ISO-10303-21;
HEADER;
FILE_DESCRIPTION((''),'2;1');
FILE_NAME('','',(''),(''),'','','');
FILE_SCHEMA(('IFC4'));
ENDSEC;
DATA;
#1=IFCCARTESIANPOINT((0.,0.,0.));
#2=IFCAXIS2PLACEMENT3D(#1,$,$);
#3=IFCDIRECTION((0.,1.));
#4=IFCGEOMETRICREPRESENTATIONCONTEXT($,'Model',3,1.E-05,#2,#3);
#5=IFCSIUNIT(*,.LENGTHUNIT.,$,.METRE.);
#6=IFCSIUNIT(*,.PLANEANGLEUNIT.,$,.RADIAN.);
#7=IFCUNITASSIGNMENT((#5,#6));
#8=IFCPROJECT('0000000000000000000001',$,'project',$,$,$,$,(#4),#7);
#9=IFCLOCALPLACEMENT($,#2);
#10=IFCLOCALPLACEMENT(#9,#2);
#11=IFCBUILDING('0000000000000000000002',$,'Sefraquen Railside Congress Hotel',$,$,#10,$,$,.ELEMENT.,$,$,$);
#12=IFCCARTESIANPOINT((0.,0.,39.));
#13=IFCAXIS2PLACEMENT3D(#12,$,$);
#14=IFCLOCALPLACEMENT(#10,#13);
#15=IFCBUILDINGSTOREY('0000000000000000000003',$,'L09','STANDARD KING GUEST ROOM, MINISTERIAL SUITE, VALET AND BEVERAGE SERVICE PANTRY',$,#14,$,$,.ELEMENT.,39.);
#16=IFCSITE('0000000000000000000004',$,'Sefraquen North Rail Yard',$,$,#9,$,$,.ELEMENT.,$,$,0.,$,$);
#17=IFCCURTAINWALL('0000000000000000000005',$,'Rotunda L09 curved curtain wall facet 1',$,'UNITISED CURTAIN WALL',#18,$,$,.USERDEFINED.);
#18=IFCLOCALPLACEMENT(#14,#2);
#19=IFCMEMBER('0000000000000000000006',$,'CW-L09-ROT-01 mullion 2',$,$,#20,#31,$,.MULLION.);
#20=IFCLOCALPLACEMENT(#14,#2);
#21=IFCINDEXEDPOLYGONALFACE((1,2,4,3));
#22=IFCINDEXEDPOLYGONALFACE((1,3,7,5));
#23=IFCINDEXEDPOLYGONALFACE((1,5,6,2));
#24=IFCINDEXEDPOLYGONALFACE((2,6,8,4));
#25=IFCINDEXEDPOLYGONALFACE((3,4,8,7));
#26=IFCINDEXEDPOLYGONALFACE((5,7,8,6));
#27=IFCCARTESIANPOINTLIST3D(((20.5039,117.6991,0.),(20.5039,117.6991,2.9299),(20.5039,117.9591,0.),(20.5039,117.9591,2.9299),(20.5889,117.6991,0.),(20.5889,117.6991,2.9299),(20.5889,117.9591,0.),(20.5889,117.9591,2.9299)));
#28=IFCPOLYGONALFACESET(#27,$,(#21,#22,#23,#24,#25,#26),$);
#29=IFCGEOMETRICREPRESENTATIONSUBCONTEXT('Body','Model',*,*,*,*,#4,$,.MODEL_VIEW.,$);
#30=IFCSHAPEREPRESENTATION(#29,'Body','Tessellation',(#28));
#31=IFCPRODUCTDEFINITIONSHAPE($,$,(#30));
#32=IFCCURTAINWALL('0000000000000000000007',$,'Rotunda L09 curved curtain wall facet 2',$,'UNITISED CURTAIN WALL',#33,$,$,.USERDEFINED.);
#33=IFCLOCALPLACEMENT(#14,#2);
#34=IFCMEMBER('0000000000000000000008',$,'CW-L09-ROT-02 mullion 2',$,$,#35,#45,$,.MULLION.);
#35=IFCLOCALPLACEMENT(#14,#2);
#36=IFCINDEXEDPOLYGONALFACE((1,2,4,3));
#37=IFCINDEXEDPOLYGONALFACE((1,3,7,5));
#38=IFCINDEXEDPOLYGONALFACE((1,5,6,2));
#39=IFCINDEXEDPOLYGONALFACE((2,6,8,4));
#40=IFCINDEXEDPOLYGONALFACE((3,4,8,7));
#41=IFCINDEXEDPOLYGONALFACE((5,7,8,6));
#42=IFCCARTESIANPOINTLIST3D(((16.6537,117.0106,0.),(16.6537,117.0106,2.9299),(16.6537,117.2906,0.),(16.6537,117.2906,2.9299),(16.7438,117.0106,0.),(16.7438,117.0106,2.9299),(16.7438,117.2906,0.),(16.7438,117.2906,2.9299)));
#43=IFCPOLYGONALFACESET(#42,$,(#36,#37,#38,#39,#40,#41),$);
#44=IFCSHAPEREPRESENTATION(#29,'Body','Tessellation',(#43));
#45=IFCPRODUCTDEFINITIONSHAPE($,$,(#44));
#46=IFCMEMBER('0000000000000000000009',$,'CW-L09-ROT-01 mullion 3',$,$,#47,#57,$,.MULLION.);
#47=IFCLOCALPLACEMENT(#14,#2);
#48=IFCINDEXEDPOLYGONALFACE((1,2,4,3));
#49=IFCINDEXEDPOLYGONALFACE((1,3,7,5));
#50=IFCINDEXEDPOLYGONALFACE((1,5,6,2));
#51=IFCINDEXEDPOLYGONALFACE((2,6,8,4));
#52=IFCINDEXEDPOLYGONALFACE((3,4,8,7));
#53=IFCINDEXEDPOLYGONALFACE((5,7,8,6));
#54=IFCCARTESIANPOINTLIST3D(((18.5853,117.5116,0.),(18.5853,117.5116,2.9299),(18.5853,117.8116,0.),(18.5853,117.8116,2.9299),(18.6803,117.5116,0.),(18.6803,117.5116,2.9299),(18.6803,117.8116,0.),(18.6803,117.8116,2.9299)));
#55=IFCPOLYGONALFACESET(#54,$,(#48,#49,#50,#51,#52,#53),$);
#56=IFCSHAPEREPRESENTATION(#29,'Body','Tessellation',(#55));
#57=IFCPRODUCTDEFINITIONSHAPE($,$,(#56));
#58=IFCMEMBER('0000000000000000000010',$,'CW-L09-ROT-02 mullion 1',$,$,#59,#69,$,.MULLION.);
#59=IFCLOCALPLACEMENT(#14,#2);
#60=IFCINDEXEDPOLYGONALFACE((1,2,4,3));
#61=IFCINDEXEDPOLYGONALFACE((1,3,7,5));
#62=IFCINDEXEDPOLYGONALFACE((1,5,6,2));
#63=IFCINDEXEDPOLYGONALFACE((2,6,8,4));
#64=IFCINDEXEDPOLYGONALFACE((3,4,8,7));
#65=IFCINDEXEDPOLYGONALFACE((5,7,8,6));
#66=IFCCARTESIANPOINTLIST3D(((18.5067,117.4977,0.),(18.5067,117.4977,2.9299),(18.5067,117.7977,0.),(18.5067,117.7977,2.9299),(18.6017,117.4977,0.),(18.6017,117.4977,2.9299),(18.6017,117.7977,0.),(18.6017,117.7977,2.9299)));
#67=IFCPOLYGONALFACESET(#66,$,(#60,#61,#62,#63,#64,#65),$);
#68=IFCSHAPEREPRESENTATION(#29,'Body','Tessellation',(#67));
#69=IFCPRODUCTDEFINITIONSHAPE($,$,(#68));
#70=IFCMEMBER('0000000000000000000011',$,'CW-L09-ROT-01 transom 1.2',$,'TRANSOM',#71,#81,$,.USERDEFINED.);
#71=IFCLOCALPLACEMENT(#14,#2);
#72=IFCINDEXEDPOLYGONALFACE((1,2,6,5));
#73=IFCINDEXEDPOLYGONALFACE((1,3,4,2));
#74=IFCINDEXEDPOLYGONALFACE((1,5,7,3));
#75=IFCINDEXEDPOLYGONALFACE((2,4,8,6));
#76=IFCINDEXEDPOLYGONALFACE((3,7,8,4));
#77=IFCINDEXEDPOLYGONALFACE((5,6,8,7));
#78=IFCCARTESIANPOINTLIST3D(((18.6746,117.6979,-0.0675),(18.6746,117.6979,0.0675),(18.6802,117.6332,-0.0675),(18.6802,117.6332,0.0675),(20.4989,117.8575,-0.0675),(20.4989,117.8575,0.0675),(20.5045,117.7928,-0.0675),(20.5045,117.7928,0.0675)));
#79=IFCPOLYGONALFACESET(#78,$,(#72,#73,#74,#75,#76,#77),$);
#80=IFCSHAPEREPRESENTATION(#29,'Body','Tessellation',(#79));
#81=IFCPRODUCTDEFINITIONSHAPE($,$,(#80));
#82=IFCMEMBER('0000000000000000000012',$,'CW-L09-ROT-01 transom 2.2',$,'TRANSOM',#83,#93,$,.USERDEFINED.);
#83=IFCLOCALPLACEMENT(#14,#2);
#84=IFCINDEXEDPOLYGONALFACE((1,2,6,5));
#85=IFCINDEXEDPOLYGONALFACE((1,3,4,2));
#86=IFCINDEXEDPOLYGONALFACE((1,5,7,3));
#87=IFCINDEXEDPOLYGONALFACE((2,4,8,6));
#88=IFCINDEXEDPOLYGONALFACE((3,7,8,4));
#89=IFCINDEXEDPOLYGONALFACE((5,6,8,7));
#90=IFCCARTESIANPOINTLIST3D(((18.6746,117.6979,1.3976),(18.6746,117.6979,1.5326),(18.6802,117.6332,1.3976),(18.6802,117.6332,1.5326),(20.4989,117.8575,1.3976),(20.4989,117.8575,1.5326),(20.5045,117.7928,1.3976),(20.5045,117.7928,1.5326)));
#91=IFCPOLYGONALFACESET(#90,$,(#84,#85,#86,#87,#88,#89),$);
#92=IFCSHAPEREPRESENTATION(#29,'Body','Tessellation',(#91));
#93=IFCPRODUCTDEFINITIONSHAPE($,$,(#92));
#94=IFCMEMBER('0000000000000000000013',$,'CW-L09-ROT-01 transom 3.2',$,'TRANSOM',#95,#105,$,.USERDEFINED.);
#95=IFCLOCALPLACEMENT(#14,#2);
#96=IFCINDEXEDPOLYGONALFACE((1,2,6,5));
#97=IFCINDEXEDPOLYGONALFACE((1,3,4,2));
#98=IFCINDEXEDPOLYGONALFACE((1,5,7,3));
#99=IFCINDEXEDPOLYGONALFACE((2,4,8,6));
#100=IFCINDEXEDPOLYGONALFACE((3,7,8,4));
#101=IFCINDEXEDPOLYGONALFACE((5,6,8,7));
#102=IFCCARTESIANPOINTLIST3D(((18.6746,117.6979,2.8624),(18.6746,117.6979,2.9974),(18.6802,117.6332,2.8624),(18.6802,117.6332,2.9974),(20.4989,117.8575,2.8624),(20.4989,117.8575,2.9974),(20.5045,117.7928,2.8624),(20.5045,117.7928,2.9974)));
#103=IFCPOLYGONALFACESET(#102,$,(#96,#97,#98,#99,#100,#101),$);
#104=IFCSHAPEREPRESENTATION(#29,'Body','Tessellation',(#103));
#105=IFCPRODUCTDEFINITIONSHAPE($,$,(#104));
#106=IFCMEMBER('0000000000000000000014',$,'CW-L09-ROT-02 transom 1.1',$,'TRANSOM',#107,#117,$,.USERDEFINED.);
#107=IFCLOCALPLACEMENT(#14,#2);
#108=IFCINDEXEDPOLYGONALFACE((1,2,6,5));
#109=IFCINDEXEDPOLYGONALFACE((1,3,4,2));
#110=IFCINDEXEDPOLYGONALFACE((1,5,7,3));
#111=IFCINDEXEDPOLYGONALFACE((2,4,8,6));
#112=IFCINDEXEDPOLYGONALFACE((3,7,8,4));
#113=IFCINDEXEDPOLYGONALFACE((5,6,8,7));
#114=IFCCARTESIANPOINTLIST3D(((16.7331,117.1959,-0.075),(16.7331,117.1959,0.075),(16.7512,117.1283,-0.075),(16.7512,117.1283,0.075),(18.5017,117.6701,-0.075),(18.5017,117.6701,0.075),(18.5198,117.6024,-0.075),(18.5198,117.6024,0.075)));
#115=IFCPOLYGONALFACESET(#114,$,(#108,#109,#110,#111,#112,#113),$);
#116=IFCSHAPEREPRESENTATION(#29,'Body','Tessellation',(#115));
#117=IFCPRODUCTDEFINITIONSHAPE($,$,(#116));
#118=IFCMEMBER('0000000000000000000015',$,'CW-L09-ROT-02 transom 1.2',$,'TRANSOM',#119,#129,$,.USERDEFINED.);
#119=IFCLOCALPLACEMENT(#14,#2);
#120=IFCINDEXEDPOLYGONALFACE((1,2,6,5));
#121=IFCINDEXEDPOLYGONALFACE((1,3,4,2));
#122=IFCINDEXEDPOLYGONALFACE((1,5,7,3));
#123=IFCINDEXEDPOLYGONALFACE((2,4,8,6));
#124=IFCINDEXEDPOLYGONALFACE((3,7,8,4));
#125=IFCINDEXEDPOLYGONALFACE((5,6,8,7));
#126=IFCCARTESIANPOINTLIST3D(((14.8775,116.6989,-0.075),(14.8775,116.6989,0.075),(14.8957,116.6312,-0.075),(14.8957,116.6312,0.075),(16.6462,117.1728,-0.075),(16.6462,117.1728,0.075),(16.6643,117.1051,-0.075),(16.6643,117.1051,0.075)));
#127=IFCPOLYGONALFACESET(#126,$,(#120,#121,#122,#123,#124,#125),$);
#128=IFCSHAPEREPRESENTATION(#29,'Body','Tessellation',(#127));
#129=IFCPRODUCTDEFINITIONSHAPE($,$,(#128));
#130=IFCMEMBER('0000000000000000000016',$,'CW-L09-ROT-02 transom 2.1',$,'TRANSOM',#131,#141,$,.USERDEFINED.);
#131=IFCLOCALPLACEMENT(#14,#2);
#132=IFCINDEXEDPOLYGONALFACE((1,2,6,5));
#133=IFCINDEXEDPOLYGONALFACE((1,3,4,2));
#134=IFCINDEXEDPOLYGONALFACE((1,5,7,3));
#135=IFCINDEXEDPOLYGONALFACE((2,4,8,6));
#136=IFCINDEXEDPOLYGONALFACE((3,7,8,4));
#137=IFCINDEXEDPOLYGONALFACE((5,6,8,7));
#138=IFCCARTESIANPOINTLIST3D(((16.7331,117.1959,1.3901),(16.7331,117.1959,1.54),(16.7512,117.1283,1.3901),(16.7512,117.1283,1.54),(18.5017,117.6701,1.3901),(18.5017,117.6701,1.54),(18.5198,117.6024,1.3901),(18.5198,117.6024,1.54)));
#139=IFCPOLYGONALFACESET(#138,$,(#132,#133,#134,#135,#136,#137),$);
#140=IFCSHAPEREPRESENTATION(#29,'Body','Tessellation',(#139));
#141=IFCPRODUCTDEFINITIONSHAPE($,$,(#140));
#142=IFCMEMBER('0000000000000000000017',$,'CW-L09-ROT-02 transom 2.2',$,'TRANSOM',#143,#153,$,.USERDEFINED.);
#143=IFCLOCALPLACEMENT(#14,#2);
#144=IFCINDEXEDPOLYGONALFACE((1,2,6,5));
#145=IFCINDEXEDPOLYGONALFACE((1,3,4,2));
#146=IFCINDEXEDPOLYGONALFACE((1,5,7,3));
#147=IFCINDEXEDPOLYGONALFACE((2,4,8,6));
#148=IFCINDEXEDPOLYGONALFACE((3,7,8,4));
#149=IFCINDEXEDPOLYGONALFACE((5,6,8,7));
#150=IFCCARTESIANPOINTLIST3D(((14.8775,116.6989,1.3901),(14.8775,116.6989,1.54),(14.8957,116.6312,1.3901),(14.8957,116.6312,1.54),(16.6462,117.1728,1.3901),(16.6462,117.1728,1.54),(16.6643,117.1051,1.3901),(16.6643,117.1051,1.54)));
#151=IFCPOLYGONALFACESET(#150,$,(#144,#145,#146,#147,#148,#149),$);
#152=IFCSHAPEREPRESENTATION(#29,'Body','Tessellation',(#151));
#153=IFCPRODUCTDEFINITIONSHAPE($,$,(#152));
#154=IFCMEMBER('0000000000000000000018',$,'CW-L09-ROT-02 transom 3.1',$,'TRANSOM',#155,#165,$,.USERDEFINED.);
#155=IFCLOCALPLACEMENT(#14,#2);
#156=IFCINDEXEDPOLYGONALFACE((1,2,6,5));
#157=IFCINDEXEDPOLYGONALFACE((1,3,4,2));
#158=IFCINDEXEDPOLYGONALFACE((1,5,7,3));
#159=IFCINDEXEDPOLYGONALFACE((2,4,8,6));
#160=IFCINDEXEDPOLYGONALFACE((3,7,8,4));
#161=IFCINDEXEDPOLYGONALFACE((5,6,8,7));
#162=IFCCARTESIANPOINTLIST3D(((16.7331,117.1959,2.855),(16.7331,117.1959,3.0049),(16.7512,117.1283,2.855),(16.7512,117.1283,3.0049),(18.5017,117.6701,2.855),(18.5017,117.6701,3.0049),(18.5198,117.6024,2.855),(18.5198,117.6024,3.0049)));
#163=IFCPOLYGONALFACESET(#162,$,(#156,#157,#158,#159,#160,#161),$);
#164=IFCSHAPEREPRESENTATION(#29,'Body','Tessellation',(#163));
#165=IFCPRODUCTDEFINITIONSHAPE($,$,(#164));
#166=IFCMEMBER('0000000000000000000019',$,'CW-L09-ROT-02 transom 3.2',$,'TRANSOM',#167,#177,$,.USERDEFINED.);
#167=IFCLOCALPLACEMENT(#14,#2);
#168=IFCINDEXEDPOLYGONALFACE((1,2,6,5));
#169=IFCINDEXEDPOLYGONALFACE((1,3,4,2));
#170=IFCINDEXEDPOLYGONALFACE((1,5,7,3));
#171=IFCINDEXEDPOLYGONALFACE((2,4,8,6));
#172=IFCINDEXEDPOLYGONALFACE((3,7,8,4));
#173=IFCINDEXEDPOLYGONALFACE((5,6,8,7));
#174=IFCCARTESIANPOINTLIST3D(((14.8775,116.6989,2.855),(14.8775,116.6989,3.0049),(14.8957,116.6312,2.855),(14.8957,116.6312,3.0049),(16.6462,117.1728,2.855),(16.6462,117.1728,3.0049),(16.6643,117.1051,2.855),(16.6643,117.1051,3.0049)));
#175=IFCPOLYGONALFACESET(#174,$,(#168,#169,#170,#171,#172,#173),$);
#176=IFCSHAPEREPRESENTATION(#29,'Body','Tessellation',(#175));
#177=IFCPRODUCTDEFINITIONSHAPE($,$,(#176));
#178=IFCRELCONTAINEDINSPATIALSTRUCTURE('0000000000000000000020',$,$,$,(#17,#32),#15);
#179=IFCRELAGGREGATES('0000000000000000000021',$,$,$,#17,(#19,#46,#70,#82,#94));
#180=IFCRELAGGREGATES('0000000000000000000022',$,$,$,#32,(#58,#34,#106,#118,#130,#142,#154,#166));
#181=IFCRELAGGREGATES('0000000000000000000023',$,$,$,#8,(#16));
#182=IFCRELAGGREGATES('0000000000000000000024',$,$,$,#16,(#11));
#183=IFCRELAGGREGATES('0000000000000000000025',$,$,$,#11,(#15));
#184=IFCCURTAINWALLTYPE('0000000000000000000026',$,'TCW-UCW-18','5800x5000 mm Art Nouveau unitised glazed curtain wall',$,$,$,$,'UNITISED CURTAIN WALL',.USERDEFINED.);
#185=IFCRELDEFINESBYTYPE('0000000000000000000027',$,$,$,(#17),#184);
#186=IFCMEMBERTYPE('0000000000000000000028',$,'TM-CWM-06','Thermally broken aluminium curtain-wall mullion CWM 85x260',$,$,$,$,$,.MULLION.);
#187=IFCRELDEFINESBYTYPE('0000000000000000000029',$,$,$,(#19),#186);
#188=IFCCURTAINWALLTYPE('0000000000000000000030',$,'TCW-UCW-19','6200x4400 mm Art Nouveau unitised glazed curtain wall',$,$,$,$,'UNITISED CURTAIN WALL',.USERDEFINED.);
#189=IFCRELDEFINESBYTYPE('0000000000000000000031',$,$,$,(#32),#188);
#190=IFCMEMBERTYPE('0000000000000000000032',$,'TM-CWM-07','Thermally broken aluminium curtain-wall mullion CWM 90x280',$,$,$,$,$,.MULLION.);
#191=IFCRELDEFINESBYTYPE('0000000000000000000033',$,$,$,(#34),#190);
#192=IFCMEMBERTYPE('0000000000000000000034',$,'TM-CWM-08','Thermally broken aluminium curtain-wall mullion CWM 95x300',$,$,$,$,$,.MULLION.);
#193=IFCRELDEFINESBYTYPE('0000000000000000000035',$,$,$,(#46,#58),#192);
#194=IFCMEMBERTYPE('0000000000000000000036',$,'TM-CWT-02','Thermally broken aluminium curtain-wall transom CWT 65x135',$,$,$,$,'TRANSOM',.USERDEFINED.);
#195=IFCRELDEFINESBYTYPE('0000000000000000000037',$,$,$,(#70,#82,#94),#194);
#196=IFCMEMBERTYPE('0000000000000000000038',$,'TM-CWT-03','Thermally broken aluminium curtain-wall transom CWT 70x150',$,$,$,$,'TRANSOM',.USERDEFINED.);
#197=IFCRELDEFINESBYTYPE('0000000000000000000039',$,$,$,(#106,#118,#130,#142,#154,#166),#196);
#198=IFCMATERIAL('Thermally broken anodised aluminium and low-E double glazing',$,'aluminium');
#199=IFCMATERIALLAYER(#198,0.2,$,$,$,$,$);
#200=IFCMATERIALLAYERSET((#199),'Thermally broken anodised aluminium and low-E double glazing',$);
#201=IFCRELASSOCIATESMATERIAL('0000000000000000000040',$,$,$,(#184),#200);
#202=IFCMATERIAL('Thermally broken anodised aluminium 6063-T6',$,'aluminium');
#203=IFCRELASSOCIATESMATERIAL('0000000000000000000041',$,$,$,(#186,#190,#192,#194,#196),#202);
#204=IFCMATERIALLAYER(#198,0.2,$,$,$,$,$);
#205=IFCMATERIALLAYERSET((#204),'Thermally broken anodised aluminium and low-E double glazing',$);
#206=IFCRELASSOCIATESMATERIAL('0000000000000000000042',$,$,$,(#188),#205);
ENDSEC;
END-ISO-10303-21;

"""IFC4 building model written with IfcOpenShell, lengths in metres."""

from ifc_helpers import new_model, si_unit, direction, frame, origin, origin_2d, place, context, subcontext, project, spatial, rectangle, extrude, material, layer, layer_set, material_profile, profile_set, type_object, element, aggregate, save


model = new_model("IFC4")

# Units and contexts
model_context = context("Model", 3, precision=1e-05, world=origin(), true_north=direction((0.0, 1.0)))
body_context = subcontext(model_context, "Body", "Model", "MODEL_VIEW")
ifc_project = project(units=[si_unit("LENGTHUNIT", "METRE"), si_unit("PLANEANGLEUNIT", "RADIAN")], contexts=[model_context])

# Site, building, storey
site_placement = place(None, origin())
site = spatial("IfcSite", under=ifc_project, at=site_placement, Name="Sefraquen North Rail Yard", CompositionType="ELEMENT", RefElevation=0.0)
building_placement = place(site_placement, origin())
building = spatial("IfcBuilding", under=site, at=building_placement, Name="Sefraquen Railside Congress Hotel", CompositionType="ELEMENT")
storey_placement = place(building_placement, frame((0.0, 0.0, 39.0)))
storey = spatial("IfcBuildingStorey", under=building, at=storey_placement, Name="L09", Description="STANDARD KING GUEST ROOM, MINISTERIAL SUITE, VALET AND BEVERAGE SERVICE PANTRY", CompositionType="ELEMENT", Elevation=39.0)

# Curtain walls, members
ifc_material_1 = material(Name="Thermally broken anodised aluminium and low-E double glazing", Category="aluminium")
ifc_layer_1 = layer(ifc_material_1, 0.2)
ifc_layer_set_1 = layer_set([ifc_layer_1], Name="Thermally broken anodised aluminium and low-E double glazing")
curtain_wall_type_1 = type_object("IfcCurtainWallType", Name="TCW-UCW-18", Description="5800x5000 mm Art Nouveau unitised glazed curtain wall", ElementType="UNITISED CURTAIN WALL", PredefinedType="USERDEFINED", material=ifc_layer_set_1)
curtain_wall_1_placement = place(storey_placement, origin())
curtain_wall_1 = element("IfcCurtainWall", 1, at=curtain_wall_1_placement, inside=storey, type_object=curtain_wall_type_1, Name="Rotunda L09 curved curtain wall facet 1", ObjectType="UNITISED CURTAIN WALL", PredefinedType="USERDEFINED")
ifc_material_2 = material(Name="Thermally broken anodised aluminium 6063-T6", Category="aluminium")
ifc_material_profile_1 = material_profile(ifc_material_2, rectangle(XDim=0.085, YDim=0.26, at=origin_2d()), Name="CWM 85x260")
ifc_profile_set_1 = profile_set([ifc_material_profile_1], Name="Thermally broken anodised aluminium 6063-T6")
member_type_1 = type_object("IfcMemberType", Name="TM-CWM-06", Description="Thermally broken aluminium curtain-wall mullion CWM 85x260", PredefinedType="MULLION", material=ifc_profile_set_1)
member_1_placement = place(storey_placement, frame((20.5464, 117.8291, 0.0), z_axis=(0.0, 0.0, 1.0), x_axis=(1.0, 0.0, 0.0)))
member_1 = element("IfcMember", 2, at=member_1_placement, type_object=member_type_1, Name="CW-L09-ROT-01 mullion 2", PredefinedType="MULLION", context=body_context, shape_type="SweptSolid", body=[
    extrude(rectangle(XDim=0.085, YDim=0.26, at=origin_2d()), origin(), (0.0, 0.0, 1.0), 2.9299),
])
ifc_layer_2 = layer(ifc_material_1, 0.2)
ifc_layer_set_2 = layer_set([ifc_layer_2], Name="Thermally broken anodised aluminium and low-E double glazing")
curtain_wall_type_2 = type_object("IfcCurtainWallType", Name="TCW-UCW-19", Description="6200x4400 mm Art Nouveau unitised glazed curtain wall", ElementType="UNITISED CURTAIN WALL", PredefinedType="USERDEFINED", material=ifc_layer_set_2)
curtain_wall_2_placement = place(storey_placement, origin())
curtain_wall_2 = element("IfcCurtainWall", 3, at=curtain_wall_2_placement, inside=storey, type_object=curtain_wall_type_2, Name="Rotunda L09 curved curtain wall facet 2", ObjectType="UNITISED CURTAIN WALL", PredefinedType="USERDEFINED")
ifc_material_profile_2 = material_profile(ifc_material_2, rectangle(XDim=0.0901, YDim=0.28, at=origin_2d()), Name="CWM 90x280")
ifc_profile_set_2 = profile_set([ifc_material_profile_2], Name="Thermally broken anodised aluminium 6063-T6")
member_type_2 = type_object("IfcMemberType", Name="TM-CWM-07", Description="Thermally broken aluminium curtain-wall mullion CWM 90x280", PredefinedType="MULLION", material=ifc_profile_set_2)
member_2_placement = place(storey_placement, frame((16.6987, 117.1506, 0.0), z_axis=(0.0, 0.0, 1.0), x_axis=(1.0, 0.0, 0.0)))
member_2 = element("IfcMember", 4, at=member_2_placement, type_object=member_type_2, Name="CW-L09-ROT-02 mullion 2", PredefinedType="MULLION", context=body_context, shape_type="SweptSolid", body=[
    extrude(rectangle(XDim=0.0901, YDim=0.28, at=origin_2d()), origin(), (0.0, 0.0, 1.0), 2.9299),
])

# Members
ifc_material_profile_3 = material_profile(ifc_material_2, rectangle(XDim=0.095, YDim=0.3, at=origin_2d()), Name="CWM 95x300")
ifc_profile_set_3 = profile_set([ifc_material_profile_3], Name="Thermally broken anodised aluminium 6063-T6")
member_type_3 = type_object("IfcMemberType", Name="TM-CWM-08", Description="Thermally broken aluminium curtain-wall mullion CWM 95x300", PredefinedType="MULLION", material=ifc_profile_set_3)
member_3_placement = place(storey_placement, frame((18.6328, 117.6616, 0.0), z_axis=(0.0, 0.0, 1.0), x_axis=(1.0, 0.0, 0.0)))
member_3 = element("IfcMember", 5, at=member_3_placement, type_object=member_type_3, Name="CW-L09-ROT-01 mullion 3", PredefinedType="MULLION", context=body_context, shape_type="SweptSolid", body=[
    extrude(rectangle(XDim=0.095, YDim=0.3, at=origin_2d()), origin(), (0.0, 0.0, 1.0), 2.9299),
])
member_4_placement = place(storey_placement, frame((18.5542, 117.6477, 0.0), z_axis=(0.0, 0.0, 1.0), x_axis=(1.0, 0.0, 0.0)))
member_4 = element("IfcMember", 6, at=member_4_placement, type_object=member_type_3, Name="CW-L09-ROT-02 mullion 1", PredefinedType="MULLION", context=body_context, shape_type="SweptSolid", body=[
    extrude(rectangle(XDim=0.095, YDim=0.3, at=origin_2d()), origin(), (0.0, 0.0, 1.0), 2.9299),
])
ifc_material_profile_4 = material_profile(ifc_material_2, rectangle(XDim=0.0649, YDim=0.135, at=origin_2d()), Name="CWT 65x135")
ifc_profile_set_4 = profile_set([ifc_material_profile_4], Name="Thermally broken anodised aluminium 6063-T6")
member_type_4 = type_object("IfcMemberType", Name="TM-CWT-02", Description="Thermally broken aluminium curtain-wall transom CWT 65x135", ElementType="TRANSOM", PredefinedType="USERDEFINED", material=ifc_profile_set_4)
member_5_placement = place(storey_placement, frame((20.5017, 117.8252, 0.0), z_axis=(-0.996191, -0.087193, 0.0), x_axis=(0.087193, -0.996191, 0.0)))
member_5 = element("IfcMember", 7, at=member_5_placement, type_object=member_type_4, Name="CW-L09-ROT-01 transom 1.2", ObjectType="TRANSOM", PredefinedType="USERDEFINED", context=body_context, shape_type="SweptSolid", body=[
    extrude(rectangle(XDim=0.0649, YDim=0.135, at=origin_2d()), origin(), (0.0, 0.0, 1.0), 1.8313),
])
member_6_placement = place(storey_placement, frame((20.5017, 117.8252, 1.4651), z_axis=(-0.996191, -0.087193, 0.0), x_axis=(0.087193, -0.996191, 0.0)))
member_6 = element("IfcMember", 8, at=member_6_placement, type_object=member_type_4, Name="CW-L09-ROT-01 transom 2.2", ObjectType="TRANSOM", PredefinedType="USERDEFINED", context=body_context, shape_type="SweptSolid", body=[
    extrude(rectangle(XDim=0.0649, YDim=0.135, at=origin_2d()), origin(), (0.0, 0.0, 1.0), 1.8313),
])
member_7_placement = place(storey_placement, frame((20.5017, 117.8252, 2.9299), z_axis=(-0.996191, -0.087193, 0.0), x_axis=(0.087193, -0.996191, 0.0)))
member_7 = element("IfcMember", 9, at=member_7_placement, type_object=member_type_4, Name="CW-L09-ROT-01 transom 3.2", ObjectType="TRANSOM", PredefinedType="USERDEFINED", context=body_context, shape_type="SweptSolid", body=[
    extrude(rectangle(XDim=0.0649, YDim=0.135, at=origin_2d()), origin(), (0.0, 0.0, 1.0), 1.8313),
])
ifc_material_profile_5 = material_profile(ifc_material_2, rectangle(XDim=0.0701, YDim=0.1499, at=origin_2d()), Name="CWT 70x150")
ifc_profile_set_5 = profile_set([ifc_material_profile_5], Name="Thermally broken anodised aluminium 6063-T6")
member_type_5 = type_object("IfcMemberType", Name="TM-CWT-03", Description="Thermally broken aluminium curtain-wall transom CWT 70x150", ElementType="TRANSOM", PredefinedType="USERDEFINED", material=ifc_profile_set_5)
member_8_placement = place(storey_placement, frame((18.5107, 117.6362, 0.0), z_axis=(-0.965893, -0.25894, 0.0), x_axis=(0.25894, -0.965893, 0.0)))
member_8 = element("IfcMember", 10, at=member_8_placement, type_object=member_type_5, Name="CW-L09-ROT-02 transom 1.1", ObjectType="TRANSOM", PredefinedType="USERDEFINED", context=body_context, shape_type="SweptSolid", body=[
    extrude(rectangle(XDim=0.0701, YDim=0.1499, at=origin_2d()), origin(), (0.0, 0.0, 1.0), 1.8311),
])
member_9_placement = place(storey_placement, frame((16.6553, 117.1389, 0.0), z_axis=(-0.965927, -0.258816, 0.0), x_axis=(0.258816, -0.965927, 0.0)))
member_9 = element("IfcMember", 11, at=member_9_placement, type_object=member_type_5, Name="CW-L09-ROT-02 transom 1.2", ObjectType="TRANSOM", PredefinedType="USERDEFINED", context=body_context, shape_type="SweptSolid", body=[
    extrude(rectangle(XDim=0.0701, YDim=0.1499, at=origin_2d()), origin(), (0.0, 0.0, 1.0), 1.8311),
])
member_10_placement = place(storey_placement, frame((18.5107, 117.6362, 1.4651), z_axis=(-0.965893, -0.25894, 0.0), x_axis=(0.25894, -0.965893, 0.0)))
member_10 = element("IfcMember", 12, at=member_10_placement, type_object=member_type_5, Name="CW-L09-ROT-02 transom 2.1", ObjectType="TRANSOM", PredefinedType="USERDEFINED", context=body_context, shape_type="SweptSolid", body=[
    extrude(rectangle(XDim=0.0701, YDim=0.1499, at=origin_2d()), origin(), (0.0, 0.0, 1.0), 1.8311),
])
member_11_placement = place(storey_placement, frame((16.6553, 117.1389, 1.4651), z_axis=(-0.965927, -0.258816, 0.0), x_axis=(0.258816, -0.965927, 0.0)))
member_11 = element("IfcMember", 13, at=member_11_placement, type_object=member_type_5, Name="CW-L09-ROT-02 transom 2.2", ObjectType="TRANSOM", PredefinedType="USERDEFINED", context=body_context, shape_type="SweptSolid", body=[
    extrude(rectangle(XDim=0.0701, YDim=0.1499, at=origin_2d()), origin(), (0.0, 0.0, 1.0), 1.8311),
])
member_12_placement = place(storey_placement, frame((18.5107, 117.6362, 2.9299), z_axis=(-0.965893, -0.25894, 0.0), x_axis=(0.25894, -0.965893, 0.0)))
member_12 = element("IfcMember", 14, at=member_12_placement, type_object=member_type_5, Name="CW-L09-ROT-02 transom 3.1", ObjectType="TRANSOM", PredefinedType="USERDEFINED", context=body_context, shape_type="SweptSolid", body=[
    extrude(rectangle(XDim=0.0701, YDim=0.1499, at=origin_2d()), origin(), (0.0, 0.0, 1.0), 1.8311),
])
member_13_placement = place(storey_placement, frame((16.6553, 117.1389, 2.9299), z_axis=(-0.965927, -0.258816, 0.0), x_axis=(0.258816, -0.965927, 0.0)))
member_13 = element("IfcMember", 15, at=member_13_placement, type_object=member_type_5, Name="CW-L09-ROT-02 transom 3.2", ObjectType="TRANSOM", PredefinedType="USERDEFINED", context=body_context, shape_type="SweptSolid", body=[
    extrude(rectangle(XDim=0.0701, YDim=0.1499, at=origin_2d()), origin(), (0.0, 0.0, 1.0), 1.8311),
])

aggregate(curtain_wall_1, [member_1, member_3, member_5, member_6, member_7])
aggregate(curtain_wall_2, [member_4, member_2, member_8, member_9, member_10, member_11, member_12, member_13])

save(model, "model.ifc")
